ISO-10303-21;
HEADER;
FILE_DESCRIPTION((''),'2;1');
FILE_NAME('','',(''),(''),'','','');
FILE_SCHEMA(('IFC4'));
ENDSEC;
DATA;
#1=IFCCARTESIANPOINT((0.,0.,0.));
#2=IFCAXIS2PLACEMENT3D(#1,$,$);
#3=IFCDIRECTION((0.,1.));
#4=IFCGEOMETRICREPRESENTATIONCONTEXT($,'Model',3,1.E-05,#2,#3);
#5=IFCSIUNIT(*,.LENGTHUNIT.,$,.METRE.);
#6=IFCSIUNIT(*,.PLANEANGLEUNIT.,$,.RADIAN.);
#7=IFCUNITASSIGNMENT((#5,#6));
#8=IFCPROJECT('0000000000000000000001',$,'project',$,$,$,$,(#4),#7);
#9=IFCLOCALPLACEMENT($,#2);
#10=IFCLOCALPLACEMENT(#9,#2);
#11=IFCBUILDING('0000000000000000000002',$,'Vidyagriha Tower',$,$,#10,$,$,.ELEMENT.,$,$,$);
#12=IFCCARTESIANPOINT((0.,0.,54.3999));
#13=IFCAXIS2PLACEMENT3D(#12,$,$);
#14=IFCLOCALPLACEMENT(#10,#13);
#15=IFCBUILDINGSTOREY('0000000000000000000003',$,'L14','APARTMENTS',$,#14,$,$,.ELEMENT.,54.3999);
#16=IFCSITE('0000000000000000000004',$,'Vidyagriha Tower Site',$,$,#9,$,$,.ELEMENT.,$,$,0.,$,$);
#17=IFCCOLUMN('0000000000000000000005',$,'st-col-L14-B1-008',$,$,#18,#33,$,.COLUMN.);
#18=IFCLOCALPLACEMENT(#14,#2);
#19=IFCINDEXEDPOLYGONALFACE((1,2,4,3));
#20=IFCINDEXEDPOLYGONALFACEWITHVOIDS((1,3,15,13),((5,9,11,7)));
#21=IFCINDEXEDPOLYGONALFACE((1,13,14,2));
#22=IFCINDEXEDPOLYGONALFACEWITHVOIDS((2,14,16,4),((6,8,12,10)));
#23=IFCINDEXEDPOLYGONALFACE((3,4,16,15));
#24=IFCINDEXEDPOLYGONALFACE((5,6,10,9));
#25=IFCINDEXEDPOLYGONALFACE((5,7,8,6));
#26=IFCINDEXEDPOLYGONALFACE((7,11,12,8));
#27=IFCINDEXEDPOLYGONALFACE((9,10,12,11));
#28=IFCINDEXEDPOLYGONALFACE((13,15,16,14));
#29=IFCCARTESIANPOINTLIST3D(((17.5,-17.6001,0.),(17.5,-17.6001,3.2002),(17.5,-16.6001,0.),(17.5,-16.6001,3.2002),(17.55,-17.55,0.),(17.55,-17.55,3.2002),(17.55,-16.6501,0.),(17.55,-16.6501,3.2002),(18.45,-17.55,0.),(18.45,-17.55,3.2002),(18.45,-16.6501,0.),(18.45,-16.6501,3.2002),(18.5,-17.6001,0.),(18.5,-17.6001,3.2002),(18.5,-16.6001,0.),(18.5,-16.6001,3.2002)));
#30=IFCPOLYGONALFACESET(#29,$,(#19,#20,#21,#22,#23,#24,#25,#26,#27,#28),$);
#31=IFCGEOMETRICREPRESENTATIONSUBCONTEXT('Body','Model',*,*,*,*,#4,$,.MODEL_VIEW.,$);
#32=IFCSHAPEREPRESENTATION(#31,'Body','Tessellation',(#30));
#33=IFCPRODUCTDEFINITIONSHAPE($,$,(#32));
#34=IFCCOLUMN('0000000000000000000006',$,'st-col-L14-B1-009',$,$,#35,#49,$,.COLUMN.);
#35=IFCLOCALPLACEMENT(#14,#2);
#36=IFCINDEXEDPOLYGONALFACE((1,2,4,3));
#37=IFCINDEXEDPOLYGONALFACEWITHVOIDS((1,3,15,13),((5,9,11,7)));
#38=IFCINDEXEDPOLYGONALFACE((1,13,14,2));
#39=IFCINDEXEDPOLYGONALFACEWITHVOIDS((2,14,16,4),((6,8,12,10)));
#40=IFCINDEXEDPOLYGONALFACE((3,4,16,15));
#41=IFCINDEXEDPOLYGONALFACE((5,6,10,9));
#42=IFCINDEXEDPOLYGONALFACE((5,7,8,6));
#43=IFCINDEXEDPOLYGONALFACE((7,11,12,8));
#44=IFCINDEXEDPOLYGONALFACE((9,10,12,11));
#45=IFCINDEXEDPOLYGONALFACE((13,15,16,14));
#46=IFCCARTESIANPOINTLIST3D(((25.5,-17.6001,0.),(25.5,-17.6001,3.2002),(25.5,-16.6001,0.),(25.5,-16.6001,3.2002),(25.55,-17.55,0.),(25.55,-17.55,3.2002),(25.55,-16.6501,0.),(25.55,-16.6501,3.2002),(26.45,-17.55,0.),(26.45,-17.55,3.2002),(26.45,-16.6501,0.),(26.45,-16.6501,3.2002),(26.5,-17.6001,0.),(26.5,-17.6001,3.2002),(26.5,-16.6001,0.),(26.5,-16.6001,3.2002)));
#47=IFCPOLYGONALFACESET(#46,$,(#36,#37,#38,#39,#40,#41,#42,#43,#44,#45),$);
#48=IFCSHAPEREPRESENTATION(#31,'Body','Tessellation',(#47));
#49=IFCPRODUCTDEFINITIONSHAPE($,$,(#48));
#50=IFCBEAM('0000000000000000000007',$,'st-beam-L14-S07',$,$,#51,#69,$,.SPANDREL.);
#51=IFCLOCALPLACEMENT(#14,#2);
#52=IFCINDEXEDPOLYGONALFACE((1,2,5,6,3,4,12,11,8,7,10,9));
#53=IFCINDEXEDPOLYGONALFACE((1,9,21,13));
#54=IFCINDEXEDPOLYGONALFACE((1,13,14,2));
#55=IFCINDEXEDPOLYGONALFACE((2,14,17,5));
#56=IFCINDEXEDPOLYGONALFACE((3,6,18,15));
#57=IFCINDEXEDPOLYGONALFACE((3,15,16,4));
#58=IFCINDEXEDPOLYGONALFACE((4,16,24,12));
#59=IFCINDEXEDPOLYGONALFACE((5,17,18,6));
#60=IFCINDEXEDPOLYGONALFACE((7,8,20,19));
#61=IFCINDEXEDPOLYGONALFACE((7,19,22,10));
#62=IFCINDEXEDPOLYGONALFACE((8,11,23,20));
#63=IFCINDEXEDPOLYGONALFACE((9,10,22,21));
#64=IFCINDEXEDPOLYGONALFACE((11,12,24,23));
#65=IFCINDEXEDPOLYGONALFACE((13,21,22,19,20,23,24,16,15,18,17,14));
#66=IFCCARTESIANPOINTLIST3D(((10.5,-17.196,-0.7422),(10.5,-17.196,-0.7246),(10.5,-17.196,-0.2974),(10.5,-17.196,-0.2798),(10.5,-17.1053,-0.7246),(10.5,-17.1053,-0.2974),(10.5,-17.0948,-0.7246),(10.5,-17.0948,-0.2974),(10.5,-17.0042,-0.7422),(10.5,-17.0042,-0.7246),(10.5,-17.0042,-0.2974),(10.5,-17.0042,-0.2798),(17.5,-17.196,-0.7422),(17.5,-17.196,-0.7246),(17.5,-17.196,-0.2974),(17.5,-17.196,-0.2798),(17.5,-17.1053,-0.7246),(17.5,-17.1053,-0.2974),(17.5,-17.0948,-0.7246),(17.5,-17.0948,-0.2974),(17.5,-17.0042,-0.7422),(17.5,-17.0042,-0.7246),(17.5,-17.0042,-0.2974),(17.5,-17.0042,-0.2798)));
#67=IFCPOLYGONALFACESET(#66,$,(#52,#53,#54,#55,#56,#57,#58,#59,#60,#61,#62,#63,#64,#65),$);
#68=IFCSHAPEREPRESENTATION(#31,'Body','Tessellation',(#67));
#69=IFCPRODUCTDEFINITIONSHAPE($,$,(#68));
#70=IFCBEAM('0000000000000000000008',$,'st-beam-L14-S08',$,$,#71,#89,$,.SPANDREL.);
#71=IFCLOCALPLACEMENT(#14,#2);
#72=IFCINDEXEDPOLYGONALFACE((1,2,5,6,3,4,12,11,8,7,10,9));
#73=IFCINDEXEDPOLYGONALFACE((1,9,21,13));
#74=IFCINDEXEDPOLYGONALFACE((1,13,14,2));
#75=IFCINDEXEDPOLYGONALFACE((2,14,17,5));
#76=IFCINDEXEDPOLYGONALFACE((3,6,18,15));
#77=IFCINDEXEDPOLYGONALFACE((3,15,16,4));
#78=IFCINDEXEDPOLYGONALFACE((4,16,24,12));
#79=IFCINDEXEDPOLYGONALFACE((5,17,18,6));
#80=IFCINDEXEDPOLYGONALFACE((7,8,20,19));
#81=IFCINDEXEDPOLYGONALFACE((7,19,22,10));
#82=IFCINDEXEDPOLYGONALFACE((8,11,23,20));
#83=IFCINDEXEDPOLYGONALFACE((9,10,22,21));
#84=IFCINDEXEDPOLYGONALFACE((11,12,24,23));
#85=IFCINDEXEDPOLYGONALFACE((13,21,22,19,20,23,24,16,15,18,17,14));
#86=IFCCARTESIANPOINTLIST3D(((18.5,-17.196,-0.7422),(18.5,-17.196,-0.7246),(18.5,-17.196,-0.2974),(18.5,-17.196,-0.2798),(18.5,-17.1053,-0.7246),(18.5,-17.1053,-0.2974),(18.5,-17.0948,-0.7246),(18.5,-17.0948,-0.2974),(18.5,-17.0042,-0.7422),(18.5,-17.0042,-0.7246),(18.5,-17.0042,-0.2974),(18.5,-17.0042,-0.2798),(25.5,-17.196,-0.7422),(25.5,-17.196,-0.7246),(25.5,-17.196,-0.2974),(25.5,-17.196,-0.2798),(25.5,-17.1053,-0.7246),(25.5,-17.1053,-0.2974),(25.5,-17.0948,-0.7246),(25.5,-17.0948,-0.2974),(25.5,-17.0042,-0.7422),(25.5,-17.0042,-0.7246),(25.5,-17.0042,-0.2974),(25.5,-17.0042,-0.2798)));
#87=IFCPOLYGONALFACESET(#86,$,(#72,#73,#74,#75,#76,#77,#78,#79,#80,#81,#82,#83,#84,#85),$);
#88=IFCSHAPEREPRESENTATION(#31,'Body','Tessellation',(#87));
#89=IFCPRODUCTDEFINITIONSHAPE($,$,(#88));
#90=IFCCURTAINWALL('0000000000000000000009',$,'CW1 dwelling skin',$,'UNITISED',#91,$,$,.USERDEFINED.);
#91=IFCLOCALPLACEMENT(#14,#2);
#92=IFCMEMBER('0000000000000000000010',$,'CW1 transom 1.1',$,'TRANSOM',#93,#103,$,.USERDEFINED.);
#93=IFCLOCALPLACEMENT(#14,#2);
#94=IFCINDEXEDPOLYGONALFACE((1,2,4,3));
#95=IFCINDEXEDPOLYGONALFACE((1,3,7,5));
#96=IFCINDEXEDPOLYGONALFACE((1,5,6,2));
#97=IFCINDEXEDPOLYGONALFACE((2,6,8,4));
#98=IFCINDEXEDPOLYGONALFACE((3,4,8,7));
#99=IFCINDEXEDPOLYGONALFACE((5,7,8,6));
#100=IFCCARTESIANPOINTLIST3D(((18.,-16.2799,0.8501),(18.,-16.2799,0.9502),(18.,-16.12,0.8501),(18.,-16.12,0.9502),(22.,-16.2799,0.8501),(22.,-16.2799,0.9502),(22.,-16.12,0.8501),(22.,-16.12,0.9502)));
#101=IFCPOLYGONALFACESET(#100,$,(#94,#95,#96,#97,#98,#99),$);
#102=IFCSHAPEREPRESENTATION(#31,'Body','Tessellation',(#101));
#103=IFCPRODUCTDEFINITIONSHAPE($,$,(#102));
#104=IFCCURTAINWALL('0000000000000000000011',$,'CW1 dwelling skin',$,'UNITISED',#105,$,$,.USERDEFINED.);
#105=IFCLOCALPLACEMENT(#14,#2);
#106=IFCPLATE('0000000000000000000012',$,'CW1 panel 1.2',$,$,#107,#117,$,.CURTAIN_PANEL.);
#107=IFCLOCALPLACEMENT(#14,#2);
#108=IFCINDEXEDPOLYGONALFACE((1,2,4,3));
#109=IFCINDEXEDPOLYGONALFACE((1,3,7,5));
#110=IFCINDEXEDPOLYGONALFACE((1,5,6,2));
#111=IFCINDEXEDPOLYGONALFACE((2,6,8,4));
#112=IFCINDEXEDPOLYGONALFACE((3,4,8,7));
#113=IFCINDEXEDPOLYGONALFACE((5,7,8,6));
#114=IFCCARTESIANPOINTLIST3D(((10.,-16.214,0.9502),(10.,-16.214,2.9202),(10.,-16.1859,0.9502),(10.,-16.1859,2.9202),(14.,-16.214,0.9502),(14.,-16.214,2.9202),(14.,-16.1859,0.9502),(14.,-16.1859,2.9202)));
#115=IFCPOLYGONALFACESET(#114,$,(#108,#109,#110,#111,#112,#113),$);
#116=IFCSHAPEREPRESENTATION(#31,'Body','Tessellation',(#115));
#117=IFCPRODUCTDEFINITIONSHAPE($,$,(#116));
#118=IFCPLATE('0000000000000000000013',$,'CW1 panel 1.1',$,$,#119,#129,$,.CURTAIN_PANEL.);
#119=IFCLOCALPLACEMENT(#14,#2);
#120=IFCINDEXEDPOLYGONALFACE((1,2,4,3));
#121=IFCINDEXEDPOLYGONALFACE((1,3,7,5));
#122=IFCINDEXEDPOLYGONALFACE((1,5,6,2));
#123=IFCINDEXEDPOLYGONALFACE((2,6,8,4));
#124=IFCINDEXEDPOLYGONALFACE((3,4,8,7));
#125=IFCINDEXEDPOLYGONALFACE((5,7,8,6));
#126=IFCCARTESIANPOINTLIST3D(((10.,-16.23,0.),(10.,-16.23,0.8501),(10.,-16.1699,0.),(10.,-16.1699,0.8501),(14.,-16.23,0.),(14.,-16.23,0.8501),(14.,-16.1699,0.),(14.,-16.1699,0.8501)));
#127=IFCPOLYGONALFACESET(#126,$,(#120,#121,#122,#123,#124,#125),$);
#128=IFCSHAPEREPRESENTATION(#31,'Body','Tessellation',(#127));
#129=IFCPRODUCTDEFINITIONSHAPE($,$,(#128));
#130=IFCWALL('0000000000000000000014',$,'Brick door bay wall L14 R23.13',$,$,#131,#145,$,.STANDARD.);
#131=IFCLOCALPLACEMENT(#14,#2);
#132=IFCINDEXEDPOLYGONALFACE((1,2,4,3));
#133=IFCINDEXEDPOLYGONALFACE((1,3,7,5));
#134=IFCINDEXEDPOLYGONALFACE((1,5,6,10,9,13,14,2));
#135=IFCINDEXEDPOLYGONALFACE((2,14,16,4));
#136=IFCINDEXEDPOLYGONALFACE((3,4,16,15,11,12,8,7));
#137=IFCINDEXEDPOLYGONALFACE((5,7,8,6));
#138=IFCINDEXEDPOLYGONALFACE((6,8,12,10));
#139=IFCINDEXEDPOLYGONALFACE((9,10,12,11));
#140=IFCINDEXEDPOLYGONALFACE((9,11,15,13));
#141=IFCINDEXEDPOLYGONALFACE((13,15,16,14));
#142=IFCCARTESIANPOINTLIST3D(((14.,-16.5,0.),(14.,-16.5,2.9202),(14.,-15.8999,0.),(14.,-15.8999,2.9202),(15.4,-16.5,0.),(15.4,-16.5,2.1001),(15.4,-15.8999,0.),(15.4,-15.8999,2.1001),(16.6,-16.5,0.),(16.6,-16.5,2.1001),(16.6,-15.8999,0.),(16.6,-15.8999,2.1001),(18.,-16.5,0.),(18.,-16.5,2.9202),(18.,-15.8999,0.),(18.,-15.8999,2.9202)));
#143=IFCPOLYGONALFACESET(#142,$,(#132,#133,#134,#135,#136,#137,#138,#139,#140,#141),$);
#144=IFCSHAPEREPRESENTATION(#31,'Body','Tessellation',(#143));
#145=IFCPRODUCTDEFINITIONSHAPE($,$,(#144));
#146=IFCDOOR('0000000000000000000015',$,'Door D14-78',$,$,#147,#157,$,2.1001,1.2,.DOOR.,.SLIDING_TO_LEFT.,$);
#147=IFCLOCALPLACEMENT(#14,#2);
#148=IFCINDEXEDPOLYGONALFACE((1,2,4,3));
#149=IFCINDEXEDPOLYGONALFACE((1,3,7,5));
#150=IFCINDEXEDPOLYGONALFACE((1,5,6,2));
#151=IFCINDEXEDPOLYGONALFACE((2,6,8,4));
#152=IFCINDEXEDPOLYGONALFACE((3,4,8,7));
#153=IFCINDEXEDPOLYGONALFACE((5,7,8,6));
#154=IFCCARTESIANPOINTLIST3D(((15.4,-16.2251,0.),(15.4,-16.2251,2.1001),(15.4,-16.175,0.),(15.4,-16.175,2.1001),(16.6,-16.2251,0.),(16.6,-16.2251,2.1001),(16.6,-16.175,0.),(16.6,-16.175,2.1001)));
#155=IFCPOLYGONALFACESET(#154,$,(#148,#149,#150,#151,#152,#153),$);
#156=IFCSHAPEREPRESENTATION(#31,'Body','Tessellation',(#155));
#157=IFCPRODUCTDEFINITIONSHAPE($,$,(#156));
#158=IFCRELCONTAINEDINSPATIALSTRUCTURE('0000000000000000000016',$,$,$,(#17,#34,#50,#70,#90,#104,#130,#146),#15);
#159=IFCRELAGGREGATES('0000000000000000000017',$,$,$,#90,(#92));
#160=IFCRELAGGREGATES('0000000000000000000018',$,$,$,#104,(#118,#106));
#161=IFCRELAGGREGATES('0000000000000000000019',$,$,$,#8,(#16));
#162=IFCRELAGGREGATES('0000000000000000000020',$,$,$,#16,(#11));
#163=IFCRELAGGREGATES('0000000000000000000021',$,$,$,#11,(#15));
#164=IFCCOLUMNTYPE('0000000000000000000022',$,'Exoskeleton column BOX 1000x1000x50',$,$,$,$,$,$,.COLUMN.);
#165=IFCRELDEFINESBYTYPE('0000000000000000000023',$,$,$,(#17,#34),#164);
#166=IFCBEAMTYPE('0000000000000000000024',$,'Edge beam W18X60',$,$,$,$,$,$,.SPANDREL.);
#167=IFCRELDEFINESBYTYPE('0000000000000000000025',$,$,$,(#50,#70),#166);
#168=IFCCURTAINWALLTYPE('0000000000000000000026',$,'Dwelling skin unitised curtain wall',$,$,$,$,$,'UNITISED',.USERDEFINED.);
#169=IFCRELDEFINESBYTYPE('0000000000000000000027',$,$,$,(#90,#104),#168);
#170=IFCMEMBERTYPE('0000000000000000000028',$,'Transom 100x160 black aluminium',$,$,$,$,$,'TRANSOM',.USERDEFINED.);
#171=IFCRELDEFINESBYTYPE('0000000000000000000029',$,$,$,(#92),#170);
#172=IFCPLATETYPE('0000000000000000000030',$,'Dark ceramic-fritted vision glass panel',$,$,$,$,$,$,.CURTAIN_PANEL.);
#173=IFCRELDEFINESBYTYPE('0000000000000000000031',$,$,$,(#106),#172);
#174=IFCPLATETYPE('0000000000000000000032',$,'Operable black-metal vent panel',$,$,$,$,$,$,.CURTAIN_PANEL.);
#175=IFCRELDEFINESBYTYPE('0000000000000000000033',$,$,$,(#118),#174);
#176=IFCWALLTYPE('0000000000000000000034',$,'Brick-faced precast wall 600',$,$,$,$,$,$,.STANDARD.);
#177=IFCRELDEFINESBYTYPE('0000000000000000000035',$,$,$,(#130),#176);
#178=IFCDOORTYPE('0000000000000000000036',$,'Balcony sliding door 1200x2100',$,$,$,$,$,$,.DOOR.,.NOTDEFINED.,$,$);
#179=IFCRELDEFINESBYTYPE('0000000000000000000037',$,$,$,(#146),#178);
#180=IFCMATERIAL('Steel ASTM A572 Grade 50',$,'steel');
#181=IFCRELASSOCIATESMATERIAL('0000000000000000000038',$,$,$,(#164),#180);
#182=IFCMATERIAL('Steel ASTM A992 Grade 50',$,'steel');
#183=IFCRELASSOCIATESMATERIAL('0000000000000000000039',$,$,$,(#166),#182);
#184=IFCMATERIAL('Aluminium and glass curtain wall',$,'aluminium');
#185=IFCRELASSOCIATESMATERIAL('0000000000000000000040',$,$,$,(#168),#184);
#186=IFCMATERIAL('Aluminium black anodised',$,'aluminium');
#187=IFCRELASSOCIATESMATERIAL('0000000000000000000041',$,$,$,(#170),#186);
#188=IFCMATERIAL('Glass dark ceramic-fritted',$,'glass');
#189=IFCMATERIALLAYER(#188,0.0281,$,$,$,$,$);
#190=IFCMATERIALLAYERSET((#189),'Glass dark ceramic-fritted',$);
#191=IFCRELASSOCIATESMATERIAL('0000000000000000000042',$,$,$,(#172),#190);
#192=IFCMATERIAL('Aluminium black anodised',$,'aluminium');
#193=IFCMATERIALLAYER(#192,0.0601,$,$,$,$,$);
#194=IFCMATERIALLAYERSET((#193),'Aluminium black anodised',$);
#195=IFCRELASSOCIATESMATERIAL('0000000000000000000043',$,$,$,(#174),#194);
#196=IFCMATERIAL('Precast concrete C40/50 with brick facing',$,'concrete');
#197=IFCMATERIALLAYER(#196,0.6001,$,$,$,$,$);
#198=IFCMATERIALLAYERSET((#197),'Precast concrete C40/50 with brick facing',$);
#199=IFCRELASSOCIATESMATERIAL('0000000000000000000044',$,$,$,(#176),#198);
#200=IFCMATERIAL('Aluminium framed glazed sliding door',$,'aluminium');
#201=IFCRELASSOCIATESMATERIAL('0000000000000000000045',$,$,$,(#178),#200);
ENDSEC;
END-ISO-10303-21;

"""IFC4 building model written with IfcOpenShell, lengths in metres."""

from ifc_helpers import new_model, si_unit, direction, frame, frame_2d, origin, origin_2d, place, context, subcontext, project, spatial, rectangle, hollow_rectangle, i_section, extrude, material, layer, layer_set, material_profile, profile_set, type_object, element, fill, aggregate, save


model = new_model("IFC4")

# Units and contexts
model_context = context("Model", 3, precision=1e-05, world=origin(), true_north=direction((0.0, 1.0)))
body_context = subcontext(model_context, "Body", "Model", "MODEL_VIEW")
ifc_project = project(units=[si_unit("LENGTHUNIT", "METRE"), si_unit("PLANEANGLEUNIT", "RADIAN")], contexts=[model_context])

# Site, building, storey
site_placement = place(None, origin())
site = spatial("IfcSite", under=ifc_project, at=site_placement, Name="Vidyagriha Tower Site", CompositionType="ELEMENT", RefElevation=0.0)
building_placement = place(site_placement, origin())
building = spatial("IfcBuilding", under=site, at=building_placement, Name="Vidyagriha Tower", CompositionType="ELEMENT")
storey_placement = place(building_placement, frame((0.0, 0.0, 54.3999)))
storey = spatial("IfcBuildingStorey", under=building, at=storey_placement, Name="L14", Description="APARTMENTS", CompositionType="ELEMENT", Elevation=54.3999)

# Columns
ifc_material_1 = material(Name="Steel ASTM A572 Grade 50", Category="steel")
ifc_material_profile_1 = material_profile(ifc_material_1, hollow_rectangle(XDim=1.0, YDim=1.0, WallThickness=0.05, at=origin_2d()), Name="BOX 1000x1000x50")
ifc_profile_set_1 = profile_set([ifc_material_profile_1], Name="Steel ASTM A572 Grade 50")
column_type = type_object("IfcColumnType", Name="Exoskeleton column BOX 1000x1000x50", PredefinedType="COLUMN", material=ifc_profile_set_1)
for number, where, name in (
    (1, (18.0, -17.1001, 0.0), "st-col-L14-B1-008"),
    (2, (26.0, -17.1001, 0.0), "st-col-L14-B1-009"),
):
    element("IfcColumn", number, at=place(storey_placement, frame(where)), inside=storey, type_object=column_type, Name=name, PredefinedType="COLUMN", context=body_context, shape_type="SweptSolid", body=[
        extrude(hollow_rectangle(XDim=1.0, YDim=1.0, WallThickness=0.05, at=origin_2d()), origin(), (0.0, 0.0, 1.0), 3.2002),
    ])

# Beams
ifc_material_2 = material(Name="Steel ASTM A992 Grade 50", Category="steel")
ifc_material_profile_2 = material_profile(ifc_material_2, i_section(OverallWidth=0.1919, OverallDepth=0.4624, WebThickness=0.0105, FlangeThickness=0.0176, at=origin_2d()), Name="W18X60")
ifc_profile_set_2 = profile_set([ifc_material_profile_2], Name="Steel ASTM A992 Grade 50")
beam_type = type_object("IfcBeamType", Name="Edge beam W18X60", PredefinedType="SPANDREL", material=ifc_profile_set_2)
for number, where, z_axis, x_axis, name in (
    (3, (10.5, -17.1001, -0.511), (1.0, 0.0, 0.0), (0.0, 1.0, 0.0), "st-beam-L14-S07"),
    (4, (18.5, -17.1001, -0.511), (1.0, 0.0, 0.0), (0.0, 1.0, 0.0), "st-beam-L14-S08"),
):
    element("IfcBeam", number, at=place(storey_placement, frame(where, z_axis=z_axis, x_axis=x_axis)), inside=storey, type_object=beam_type, Name=name, PredefinedType="SPANDREL", context=body_context, shape_type="SweptSolid", body=[
        extrude(i_section(OverallWidth=0.1919, OverallDepth=0.4624, WebThickness=0.0105, FlangeThickness=0.0176, at=origin_2d()), origin(), (0.0, 0.0, 1.0), 7.0),
    ])

# Curtain wall, member
ifc_material_3 = material(Name="Aluminium and glass curtain wall", Category="aluminium")
curtain_wall_type = type_object("IfcCurtainWallType", Name="Dwelling skin unitised curtain wall", ElementType="UNITISED", PredefinedType="USERDEFINED", material=ifc_material_3)
curtain_wall_1_placement = place(storey_placement, origin())
curtain_wall_1 = element("IfcCurtainWall", 5, at=curtain_wall_1_placement, inside=storey, type_object=curtain_wall_type, Name="CW1 dwelling skin", ObjectType="UNITISED", PredefinedType="USERDEFINED")
ifc_material_4 = material(Name="Aluminium black anodised", Category="aluminium")
ifc_material_profile_3 = material_profile(ifc_material_4, rectangle(XDim=0.1599, YDim=0.1001, at=origin_2d()), Name="Transom 100x160 black aluminium")
ifc_profile_set_3 = profile_set([ifc_material_profile_3], Name="Aluminium black anodised")
member_type = type_object("IfcMemberType", Name="Transom 100x160 black aluminium", ElementType="TRANSOM", PredefinedType="USERDEFINED", material=ifc_profile_set_3)
member_placement = place(storey_placement, frame((18.0, -16.2, 0.9001), z_axis=(1.0, 0.0, 0.0), x_axis=(0.0, 1.0, 0.0)))
member = element("IfcMember", 6, at=member_placement, type_object=member_type, Name="CW1 transom 1.1", ObjectType="TRANSOM", PredefinedType="USERDEFINED", context=body_context, shape_type="SweptSolid", body=[
    extrude(rectangle(XDim=0.1599, YDim=0.1001, at=origin_2d()), origin(), (0.0, 0.0, 1.0), 4.0),
])
aggregate(curtain_wall_1, [member])

# Curtain wall, plates
curtain_wall_2_placement = place(storey_placement, origin())
curtain_wall_2 = element("IfcCurtainWall", 7, at=curtain_wall_2_placement, inside=storey, type_object=curtain_wall_type, Name="CW1 dwelling skin", ObjectType="UNITISED", PredefinedType="USERDEFINED")
ifc_material_5 = material(Name="Glass dark ceramic-fritted", Category="glass")
ifc_layer_1 = layer(ifc_material_5, 0.0281)
ifc_layer_set_1 = layer_set([ifc_layer_1], Name="Glass dark ceramic-fritted")
plate_type_1 = type_object("IfcPlateType", Name="Dark ceramic-fritted vision glass panel", PredefinedType="CURTAIN_PANEL", material=ifc_layer_set_1)
plate_1_placement = place(storey_placement, frame((12.0, -16.2, 0.9502)))
plate_1 = element("IfcPlate", 8, at=plate_1_placement, type_object=plate_type_1, Name="CW1 panel 1.2", PredefinedType="CURTAIN_PANEL", context=body_context, shape_type="SweptSolid", body=[
    extrude(rectangle(XDim=4.0, YDim=0.0281, at=origin_2d()), origin(), (0.0, 0.0, 1.0), 1.97),
])
ifc_material_6 = material(Name="Aluminium black anodised", Category="aluminium")
ifc_layer_2 = layer(ifc_material_6, 0.0601)
ifc_layer_set_2 = layer_set([ifc_layer_2], Name="Aluminium black anodised")
plate_type_2 = type_object("IfcPlateType", Name="Operable black-metal vent panel", PredefinedType="CURTAIN_PANEL", material=ifc_layer_set_2)
plate_2_placement = place(storey_placement, frame((12.0, -16.2, 0.0)))
plate_2 = element("IfcPlate", 9, at=plate_2_placement, type_object=plate_type_2, Name="CW1 panel 1.1", PredefinedType="CURTAIN_PANEL", context=body_context, shape_type="SweptSolid", body=[
    extrude(rectangle(XDim=4.0, YDim=0.0601, at=origin_2d()), origin(), (0.0, 0.0, 1.0), 0.8501),
])
aggregate(curtain_wall_2, [plate_2, plate_1])

# Wall, opening, door
ifc_material_7 = material(Name="Precast concrete C40/50 with brick facing", Category="concrete")
ifc_layer_3 = layer(ifc_material_7, 0.6001)
ifc_layer_set_3 = layer_set([ifc_layer_3], Name="Precast concrete C40/50 with brick facing")
wall_type = type_object("IfcWallType", Name="Brick-faced precast wall 600", PredefinedType="STANDARD", material=ifc_layer_set_3)
wall_placement = place(storey_placement, frame((14.0, -16.2, 0.0)))
wall = element("IfcWall", 10, at=wall_placement, inside=storey, type_object=wall_type, Name="Brick door bay wall L14 R23.13", PredefinedType="STANDARD", context=body_context, shape_type="SweptSolid", body=[
    extrude(rectangle(XDim=4.0, YDim=0.6001, at=frame_2d((2.0, 0.0))), origin(), (0.0, 0.0, 1.0), 2.9202),
])
opening_placement = place(wall_placement, frame((1.3999, 0.0, 0.0)))
opening = element("IfcOpeningElement", 11, at=opening_placement, cuts=wall, PredefinedType="OPENING", context=body_context, shape_type="SweptSolid", body=[
    extrude(rectangle(XDim=1.2, YDim=2.1001, at=frame_2d((0.6001, 1.05))), frame((0.0, 0.3101, 0.0), z_axis=(0.0, -1.0, 0.0), x_axis=(1.0, 0.0, 0.0)), (0.0, 0.0, 1.0), 0.6201),
])
ifc_material_8 = material(Name="Aluminium framed glazed sliding door", Category="aluminium")
door_type = type_object("IfcDoorType", Name="Balcony sliding door 1200x2100", OperationType="NOTDEFINED", PredefinedType="DOOR", material=ifc_material_8)
door_placement = place(opening_placement, origin())
door = element("IfcDoor", 12, at=door_placement, inside=storey, type_object=door_type, Name="Door D14-78", OperationType="SLIDING_TO_LEFT", OverallHeight=2.1001, OverallWidth=1.2, PredefinedType="DOOR", context=body_context, shape_type="SweptSolid", body=[
    extrude(rectangle(XDim=1.2, YDim=2.1001, at=frame_2d((0.6001, 1.05))), frame((0.0, 0.0249, 0.0), z_axis=(0.0, -1.0, 0.0), x_axis=(1.0, 0.0, 0.0)), (0.0, 0.0, 1.0), 0.05),
])
fill(opening, door)

save(model, "model.ifc")
